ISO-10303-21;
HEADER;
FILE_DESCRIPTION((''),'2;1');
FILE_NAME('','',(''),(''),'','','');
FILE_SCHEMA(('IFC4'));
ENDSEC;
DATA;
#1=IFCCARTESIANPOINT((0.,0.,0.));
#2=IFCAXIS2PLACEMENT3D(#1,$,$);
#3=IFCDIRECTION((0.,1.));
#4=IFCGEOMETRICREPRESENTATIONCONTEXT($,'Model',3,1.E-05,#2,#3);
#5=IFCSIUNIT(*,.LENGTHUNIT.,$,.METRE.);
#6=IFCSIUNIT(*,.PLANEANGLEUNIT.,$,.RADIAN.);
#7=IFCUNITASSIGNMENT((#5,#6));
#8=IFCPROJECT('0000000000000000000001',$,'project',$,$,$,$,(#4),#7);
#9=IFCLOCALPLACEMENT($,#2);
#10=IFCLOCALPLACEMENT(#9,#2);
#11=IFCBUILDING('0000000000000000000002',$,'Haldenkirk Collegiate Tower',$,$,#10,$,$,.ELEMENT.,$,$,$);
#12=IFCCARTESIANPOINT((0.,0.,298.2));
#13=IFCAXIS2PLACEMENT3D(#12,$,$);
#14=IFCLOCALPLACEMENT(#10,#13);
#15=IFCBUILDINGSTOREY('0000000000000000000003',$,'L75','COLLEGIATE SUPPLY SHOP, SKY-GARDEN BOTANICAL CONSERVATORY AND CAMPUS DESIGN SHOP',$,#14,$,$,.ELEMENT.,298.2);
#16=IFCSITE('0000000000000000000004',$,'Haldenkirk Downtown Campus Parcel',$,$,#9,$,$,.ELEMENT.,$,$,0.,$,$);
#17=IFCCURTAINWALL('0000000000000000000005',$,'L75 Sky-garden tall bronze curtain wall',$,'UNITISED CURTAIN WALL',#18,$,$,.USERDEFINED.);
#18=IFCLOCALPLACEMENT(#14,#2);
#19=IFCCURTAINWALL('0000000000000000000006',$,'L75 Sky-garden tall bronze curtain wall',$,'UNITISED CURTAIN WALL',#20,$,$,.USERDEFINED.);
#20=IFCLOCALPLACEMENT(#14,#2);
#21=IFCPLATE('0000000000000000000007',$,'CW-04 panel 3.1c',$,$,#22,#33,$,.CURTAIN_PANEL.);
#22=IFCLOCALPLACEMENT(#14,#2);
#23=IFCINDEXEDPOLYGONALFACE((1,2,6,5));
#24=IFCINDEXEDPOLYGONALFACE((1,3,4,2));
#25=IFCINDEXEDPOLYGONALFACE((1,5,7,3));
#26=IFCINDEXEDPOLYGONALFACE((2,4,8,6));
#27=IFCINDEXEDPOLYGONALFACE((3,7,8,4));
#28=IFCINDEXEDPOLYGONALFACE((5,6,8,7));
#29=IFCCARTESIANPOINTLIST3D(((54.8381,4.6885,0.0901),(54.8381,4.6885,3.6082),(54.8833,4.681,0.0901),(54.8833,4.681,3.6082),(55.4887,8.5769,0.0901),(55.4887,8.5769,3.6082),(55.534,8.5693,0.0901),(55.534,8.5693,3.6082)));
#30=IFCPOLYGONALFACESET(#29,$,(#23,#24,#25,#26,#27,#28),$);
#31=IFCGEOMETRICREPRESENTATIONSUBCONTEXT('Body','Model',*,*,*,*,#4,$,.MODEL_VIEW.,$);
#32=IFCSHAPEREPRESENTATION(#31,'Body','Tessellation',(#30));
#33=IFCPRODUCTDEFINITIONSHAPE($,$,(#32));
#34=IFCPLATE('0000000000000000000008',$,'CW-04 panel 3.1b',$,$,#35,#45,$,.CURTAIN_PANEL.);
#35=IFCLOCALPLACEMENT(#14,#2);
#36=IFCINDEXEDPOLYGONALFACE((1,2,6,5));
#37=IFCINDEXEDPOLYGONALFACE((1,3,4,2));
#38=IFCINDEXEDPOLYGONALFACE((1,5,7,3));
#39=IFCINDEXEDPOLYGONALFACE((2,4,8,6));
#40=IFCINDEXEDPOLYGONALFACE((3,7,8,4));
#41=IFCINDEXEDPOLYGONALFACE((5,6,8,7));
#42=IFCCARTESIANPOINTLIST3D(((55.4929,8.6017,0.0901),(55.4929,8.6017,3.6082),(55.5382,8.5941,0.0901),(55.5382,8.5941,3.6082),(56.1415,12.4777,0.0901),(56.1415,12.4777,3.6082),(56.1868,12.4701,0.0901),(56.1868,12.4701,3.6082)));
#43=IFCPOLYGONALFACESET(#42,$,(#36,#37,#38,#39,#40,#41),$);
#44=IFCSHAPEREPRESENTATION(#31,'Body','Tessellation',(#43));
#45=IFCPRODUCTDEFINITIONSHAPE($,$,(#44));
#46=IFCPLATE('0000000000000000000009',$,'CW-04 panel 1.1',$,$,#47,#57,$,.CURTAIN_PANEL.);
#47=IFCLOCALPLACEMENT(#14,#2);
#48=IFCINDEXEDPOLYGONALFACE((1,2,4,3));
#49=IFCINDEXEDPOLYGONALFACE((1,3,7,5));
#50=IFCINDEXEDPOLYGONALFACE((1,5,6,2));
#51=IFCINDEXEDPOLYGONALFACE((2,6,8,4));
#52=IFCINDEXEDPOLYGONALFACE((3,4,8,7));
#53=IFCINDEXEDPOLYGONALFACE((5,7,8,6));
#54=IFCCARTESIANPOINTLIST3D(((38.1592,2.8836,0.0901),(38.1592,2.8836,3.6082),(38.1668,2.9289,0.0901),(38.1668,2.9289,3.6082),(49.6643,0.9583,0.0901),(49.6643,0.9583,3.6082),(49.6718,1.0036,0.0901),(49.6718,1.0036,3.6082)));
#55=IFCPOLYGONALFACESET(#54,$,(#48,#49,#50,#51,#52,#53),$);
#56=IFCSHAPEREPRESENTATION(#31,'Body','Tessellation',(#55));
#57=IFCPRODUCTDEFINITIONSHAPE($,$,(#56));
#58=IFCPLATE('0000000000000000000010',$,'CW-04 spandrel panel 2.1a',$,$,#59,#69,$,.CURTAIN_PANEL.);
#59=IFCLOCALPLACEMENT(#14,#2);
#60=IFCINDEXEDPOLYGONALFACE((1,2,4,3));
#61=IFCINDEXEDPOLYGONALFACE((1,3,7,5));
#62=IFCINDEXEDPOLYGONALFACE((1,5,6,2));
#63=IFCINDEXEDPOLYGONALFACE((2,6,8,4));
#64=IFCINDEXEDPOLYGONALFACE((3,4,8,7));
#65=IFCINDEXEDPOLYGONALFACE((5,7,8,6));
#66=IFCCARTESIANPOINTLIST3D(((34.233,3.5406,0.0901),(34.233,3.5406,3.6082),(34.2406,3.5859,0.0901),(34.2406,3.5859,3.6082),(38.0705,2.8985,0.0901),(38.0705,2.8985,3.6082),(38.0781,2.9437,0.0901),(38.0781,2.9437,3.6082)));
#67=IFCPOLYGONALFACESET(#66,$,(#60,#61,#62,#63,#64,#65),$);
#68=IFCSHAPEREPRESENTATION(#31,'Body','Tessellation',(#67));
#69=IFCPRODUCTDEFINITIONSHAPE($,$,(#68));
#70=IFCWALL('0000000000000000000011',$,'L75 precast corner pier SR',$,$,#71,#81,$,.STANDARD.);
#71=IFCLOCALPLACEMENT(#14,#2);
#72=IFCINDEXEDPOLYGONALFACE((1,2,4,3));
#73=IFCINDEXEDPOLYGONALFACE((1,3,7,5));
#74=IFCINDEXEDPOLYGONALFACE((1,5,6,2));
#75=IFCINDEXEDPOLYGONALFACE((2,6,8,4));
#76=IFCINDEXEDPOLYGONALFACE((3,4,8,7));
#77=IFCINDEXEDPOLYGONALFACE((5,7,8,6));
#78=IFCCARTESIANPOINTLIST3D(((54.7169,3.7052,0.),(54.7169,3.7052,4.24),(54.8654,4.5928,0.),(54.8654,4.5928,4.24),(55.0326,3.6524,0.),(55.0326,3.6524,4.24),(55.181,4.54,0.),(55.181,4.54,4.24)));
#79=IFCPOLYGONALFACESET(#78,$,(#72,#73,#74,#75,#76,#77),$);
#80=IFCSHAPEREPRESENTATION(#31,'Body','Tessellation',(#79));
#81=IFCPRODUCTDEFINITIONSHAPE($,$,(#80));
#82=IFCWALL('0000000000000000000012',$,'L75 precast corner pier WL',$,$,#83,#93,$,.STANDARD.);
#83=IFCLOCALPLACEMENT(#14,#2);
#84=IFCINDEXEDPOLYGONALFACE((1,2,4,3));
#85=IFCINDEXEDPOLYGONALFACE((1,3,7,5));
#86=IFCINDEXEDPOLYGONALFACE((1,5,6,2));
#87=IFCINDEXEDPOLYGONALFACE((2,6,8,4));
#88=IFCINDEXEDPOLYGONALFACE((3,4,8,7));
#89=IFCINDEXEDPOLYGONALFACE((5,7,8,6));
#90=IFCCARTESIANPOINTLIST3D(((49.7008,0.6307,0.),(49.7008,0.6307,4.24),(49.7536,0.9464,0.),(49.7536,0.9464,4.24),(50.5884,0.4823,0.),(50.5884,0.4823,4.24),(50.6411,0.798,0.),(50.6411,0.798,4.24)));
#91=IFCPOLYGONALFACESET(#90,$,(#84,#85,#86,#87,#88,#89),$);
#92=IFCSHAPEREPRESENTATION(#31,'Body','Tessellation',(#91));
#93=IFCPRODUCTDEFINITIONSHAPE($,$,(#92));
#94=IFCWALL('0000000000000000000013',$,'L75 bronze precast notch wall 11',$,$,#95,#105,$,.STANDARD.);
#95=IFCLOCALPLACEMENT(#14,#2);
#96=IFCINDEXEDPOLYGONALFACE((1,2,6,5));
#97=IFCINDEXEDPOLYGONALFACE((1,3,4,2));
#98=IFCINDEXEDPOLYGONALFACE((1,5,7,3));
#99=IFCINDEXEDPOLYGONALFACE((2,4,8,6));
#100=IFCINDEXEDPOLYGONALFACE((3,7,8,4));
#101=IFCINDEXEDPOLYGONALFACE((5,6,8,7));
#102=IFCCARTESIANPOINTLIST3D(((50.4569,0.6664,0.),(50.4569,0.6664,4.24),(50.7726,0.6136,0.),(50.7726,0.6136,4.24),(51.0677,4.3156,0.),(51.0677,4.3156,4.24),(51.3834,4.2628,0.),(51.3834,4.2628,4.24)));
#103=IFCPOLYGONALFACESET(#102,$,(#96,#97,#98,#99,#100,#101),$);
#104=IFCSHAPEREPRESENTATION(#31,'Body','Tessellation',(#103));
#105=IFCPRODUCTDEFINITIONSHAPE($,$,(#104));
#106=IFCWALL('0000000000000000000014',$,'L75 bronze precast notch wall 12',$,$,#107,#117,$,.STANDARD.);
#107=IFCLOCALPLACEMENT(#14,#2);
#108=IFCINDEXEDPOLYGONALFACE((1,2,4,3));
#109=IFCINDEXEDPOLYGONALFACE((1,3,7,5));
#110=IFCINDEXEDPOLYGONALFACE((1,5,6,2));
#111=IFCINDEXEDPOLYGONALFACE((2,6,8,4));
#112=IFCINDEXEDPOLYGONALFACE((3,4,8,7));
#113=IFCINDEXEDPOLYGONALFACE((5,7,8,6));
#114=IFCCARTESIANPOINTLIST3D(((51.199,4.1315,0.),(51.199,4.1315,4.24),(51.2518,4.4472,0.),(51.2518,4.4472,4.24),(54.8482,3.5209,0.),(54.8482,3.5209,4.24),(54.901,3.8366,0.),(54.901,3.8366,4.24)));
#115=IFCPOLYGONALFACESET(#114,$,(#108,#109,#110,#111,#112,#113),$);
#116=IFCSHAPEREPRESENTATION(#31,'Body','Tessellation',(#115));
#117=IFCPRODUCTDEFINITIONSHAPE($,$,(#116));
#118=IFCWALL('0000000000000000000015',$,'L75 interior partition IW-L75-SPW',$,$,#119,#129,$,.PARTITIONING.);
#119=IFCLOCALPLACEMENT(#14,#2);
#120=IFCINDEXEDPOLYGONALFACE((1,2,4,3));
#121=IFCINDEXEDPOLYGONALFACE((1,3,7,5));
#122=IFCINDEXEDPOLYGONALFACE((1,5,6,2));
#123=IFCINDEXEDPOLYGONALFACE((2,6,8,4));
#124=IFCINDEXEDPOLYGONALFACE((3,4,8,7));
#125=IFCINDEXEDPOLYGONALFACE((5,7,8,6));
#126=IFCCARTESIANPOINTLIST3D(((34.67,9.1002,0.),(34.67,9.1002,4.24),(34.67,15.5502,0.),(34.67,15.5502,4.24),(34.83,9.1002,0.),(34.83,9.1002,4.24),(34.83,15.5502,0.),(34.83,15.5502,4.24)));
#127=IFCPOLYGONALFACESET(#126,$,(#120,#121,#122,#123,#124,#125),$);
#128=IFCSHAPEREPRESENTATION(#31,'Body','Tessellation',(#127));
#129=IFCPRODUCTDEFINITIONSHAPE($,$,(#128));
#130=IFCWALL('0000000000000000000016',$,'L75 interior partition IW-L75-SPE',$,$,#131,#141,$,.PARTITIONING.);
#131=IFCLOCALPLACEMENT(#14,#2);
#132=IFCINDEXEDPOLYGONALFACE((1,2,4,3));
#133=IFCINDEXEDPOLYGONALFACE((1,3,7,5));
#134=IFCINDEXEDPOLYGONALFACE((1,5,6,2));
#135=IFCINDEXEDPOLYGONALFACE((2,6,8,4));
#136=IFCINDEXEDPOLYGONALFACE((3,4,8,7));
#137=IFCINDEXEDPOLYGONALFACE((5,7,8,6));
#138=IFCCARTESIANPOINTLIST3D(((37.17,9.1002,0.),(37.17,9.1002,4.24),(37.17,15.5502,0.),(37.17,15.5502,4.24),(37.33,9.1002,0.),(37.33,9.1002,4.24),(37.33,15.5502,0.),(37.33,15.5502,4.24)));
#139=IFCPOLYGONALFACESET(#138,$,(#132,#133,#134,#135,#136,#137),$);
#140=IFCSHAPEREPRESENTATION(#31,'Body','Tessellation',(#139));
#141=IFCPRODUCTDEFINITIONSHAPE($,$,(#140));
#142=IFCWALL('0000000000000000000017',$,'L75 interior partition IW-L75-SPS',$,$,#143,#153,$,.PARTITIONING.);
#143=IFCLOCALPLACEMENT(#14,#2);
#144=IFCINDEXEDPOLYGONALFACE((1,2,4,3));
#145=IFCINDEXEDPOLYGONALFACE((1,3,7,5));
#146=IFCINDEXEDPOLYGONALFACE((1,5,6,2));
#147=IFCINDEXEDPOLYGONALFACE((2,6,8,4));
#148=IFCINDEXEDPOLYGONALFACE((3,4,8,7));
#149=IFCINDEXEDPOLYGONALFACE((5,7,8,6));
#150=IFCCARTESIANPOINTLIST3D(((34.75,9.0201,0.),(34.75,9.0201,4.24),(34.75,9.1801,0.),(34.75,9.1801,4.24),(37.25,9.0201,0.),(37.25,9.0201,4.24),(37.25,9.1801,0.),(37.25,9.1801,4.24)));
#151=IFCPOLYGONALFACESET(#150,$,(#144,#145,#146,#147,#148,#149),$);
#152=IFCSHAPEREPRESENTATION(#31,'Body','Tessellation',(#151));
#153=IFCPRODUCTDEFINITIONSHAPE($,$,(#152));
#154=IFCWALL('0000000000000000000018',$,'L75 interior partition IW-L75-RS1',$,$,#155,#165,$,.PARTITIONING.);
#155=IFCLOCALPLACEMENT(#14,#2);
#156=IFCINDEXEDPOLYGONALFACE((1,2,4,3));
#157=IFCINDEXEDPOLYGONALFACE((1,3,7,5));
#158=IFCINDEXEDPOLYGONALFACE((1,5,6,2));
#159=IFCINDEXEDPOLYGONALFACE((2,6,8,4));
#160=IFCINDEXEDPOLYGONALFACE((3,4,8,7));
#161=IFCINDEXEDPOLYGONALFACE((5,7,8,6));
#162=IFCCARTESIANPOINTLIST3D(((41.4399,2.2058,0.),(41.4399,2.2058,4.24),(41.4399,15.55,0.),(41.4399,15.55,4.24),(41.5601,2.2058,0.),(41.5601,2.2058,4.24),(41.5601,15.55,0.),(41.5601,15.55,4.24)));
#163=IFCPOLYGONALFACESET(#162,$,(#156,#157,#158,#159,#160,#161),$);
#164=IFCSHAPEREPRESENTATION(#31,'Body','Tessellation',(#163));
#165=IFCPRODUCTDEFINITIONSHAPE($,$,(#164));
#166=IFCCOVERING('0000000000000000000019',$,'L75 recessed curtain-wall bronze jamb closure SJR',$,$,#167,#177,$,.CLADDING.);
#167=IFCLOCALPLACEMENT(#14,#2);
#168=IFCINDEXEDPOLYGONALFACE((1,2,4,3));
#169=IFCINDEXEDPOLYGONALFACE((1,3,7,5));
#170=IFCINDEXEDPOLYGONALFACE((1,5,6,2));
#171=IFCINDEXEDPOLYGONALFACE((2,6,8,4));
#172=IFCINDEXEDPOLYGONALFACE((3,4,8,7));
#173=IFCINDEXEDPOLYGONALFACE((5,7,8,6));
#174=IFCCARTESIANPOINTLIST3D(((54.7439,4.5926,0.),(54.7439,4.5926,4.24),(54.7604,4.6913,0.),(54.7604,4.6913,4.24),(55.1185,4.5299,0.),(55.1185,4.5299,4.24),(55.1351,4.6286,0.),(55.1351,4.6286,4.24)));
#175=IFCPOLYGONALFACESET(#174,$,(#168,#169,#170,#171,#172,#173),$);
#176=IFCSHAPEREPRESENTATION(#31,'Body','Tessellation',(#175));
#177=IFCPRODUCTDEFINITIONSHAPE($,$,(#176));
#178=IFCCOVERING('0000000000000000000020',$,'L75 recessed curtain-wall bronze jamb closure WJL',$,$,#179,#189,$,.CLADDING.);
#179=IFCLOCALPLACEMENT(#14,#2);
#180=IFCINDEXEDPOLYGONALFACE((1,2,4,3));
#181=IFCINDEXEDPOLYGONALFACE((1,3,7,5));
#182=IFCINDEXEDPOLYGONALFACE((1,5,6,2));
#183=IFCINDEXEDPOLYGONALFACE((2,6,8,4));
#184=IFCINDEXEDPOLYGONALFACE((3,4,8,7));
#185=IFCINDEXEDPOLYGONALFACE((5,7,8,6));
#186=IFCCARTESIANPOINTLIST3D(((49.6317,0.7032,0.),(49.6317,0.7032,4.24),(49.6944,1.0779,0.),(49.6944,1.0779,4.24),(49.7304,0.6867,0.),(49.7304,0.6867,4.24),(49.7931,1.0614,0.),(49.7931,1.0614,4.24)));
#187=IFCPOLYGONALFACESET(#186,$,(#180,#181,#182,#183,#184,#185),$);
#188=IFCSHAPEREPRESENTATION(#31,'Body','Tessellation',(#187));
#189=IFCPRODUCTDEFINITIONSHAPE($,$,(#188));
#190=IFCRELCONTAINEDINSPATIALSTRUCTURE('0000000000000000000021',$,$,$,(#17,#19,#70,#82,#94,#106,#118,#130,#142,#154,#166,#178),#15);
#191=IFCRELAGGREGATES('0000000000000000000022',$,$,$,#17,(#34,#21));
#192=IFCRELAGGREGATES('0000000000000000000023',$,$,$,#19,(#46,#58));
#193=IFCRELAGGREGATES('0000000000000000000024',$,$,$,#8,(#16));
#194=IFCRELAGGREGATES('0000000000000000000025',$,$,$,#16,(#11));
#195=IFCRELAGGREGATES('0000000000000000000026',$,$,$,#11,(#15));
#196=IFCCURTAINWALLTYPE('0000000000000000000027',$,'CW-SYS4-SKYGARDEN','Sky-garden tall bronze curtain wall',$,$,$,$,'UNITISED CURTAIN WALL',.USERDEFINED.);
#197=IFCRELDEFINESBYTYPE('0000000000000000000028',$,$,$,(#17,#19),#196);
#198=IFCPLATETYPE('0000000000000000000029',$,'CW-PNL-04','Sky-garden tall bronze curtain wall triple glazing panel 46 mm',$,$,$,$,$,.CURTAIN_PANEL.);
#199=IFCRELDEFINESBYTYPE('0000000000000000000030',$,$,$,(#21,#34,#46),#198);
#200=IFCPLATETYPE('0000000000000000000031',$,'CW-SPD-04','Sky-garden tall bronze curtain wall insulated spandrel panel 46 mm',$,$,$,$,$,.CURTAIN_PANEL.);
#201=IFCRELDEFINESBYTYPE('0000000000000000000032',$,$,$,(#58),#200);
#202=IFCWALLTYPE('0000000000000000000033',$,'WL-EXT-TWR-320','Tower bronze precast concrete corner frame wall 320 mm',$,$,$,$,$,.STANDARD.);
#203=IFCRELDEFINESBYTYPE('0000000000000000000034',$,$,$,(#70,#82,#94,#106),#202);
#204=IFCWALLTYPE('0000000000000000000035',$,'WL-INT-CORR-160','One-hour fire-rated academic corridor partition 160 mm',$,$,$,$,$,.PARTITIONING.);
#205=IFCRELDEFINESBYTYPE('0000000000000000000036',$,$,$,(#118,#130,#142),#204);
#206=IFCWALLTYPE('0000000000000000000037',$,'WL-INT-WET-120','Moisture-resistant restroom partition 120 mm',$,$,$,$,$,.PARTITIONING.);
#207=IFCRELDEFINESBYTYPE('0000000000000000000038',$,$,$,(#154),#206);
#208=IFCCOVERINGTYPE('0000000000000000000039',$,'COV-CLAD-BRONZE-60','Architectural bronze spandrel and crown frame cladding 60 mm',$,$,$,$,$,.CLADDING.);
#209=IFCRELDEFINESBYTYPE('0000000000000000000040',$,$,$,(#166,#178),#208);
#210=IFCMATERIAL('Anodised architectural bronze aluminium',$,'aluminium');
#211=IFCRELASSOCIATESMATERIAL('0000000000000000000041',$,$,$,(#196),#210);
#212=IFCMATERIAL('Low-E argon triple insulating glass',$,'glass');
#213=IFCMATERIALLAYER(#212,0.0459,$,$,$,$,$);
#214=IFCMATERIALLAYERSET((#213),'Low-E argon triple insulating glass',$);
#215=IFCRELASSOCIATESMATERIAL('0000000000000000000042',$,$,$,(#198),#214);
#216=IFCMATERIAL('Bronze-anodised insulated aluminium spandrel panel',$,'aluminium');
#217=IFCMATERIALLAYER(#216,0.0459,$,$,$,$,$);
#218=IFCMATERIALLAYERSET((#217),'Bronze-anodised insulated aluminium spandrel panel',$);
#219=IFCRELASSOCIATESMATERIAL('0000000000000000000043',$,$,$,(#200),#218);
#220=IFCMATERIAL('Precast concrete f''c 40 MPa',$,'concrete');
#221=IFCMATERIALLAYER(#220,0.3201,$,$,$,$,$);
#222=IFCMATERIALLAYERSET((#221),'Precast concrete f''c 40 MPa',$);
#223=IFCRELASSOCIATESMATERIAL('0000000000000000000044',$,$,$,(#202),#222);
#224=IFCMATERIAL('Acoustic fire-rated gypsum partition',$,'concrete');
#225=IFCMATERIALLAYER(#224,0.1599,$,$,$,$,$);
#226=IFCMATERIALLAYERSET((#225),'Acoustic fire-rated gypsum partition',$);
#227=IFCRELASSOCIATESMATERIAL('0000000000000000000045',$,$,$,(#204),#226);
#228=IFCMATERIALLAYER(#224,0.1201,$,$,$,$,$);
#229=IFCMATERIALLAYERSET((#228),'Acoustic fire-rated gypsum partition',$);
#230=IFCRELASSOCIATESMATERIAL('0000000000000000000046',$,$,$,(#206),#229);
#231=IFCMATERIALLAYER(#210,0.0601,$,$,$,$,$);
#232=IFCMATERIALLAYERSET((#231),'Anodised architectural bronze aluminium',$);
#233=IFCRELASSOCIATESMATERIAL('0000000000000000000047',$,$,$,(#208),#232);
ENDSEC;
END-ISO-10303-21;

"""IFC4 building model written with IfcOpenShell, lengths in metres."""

from ifc_helpers import new_model, si_unit, direction, frame, frame_2d, origin, origin_2d, place, context, subcontext, project, spatial, rectangle, extrude, source, transform, mapped, material, layer, layer_set, type_object, element, aggregate, save


model = new_model("IFC4")

# Units and contexts
model_context = context("Model", 3, precision=1e-05, world=origin(), true_north=direction((0.0, 1.0)))
body_context = subcontext(model_context, "Body", "Model", "MODEL_VIEW")
ifc_project = project(units=[si_unit("LENGTHUNIT", "METRE"), si_unit("PLANEANGLEUNIT", "RADIAN")], contexts=[model_context])

# Site, building, storey
site_placement = place(None, origin())
site = spatial("IfcSite", under=ifc_project, at=site_placement, Name="Haldenkirk Downtown Campus Parcel", CompositionType="ELEMENT", RefElevation=0.0)
building_placement = place(site_placement, origin())
building = spatial("IfcBuilding", under=site, at=building_placement, Name="Haldenkirk Collegiate Tower", CompositionType="ELEMENT")
storey_placement = place(building_placement, frame((0.0, 0.0, 298.2)))
storey = spatial("IfcBuildingStorey", under=building, at=storey_placement, Name="L75", Description="COLLEGIATE SUPPLY SHOP, SKY-GARDEN BOTANICAL CONSERVATORY AND CAMPUS DESIGN SHOP", CompositionType="ELEMENT", Elevation=298.2)

# Curtain wall
ifc_material_1 = material(Name="Anodised architectural bronze aluminium", Category="aluminium")
curtain_wall_type = type_object("IfcCurtainWallType", Name="CW-SYS4-SKYGARDEN", Description="Sky-garden tall bronze curtain wall", ElementType="UNITISED CURTAIN WALL", PredefinedType="USERDEFINED", material=ifc_material_1)
curtain_wall_1_placement = place(storey_placement, origin())
curtain_wall_1 = element("IfcCurtainWall", 1, at=curtain_wall_1_placement, inside=storey, type_object=curtain_wall_type, Name="L75 Sky-garden tall bronze curtain wall", ObjectType="UNITISED CURTAIN WALL", PredefinedType="USERDEFINED")

# Curtain wall
curtain_wall_2_placement = place(storey_placement, origin())
curtain_wall_2 = element("IfcCurtainWall", 2, at=curtain_wall_2_placement, inside=storey, type_object=curtain_wall_type, Name="L75 Sky-garden tall bronze curtain wall", ObjectType="UNITISED CURTAIN WALL", PredefinedType="USERDEFINED")

# Plates
ifc_material_2 = material(Name="Low-E argon triple insulating glass", Category="glass")
ifc_layer_1 = layer(ifc_material_2, 0.0459)
ifc_layer_set_1 = layer_set([ifc_layer_1], Name="Low-E argon triple insulating glass")
plate_type_1 = type_object("IfcPlateType", Name="CW-PNL-04", Description="Sky-garden tall bronze curtain wall triple glazing panel 46 mm", PredefinedType="CURTAIN_PANEL", material=ifc_layer_set_1)
shared_shape_1 = source(origin(), body_context, "Body", "SweptSolid", [
    extrude(rectangle(XDim=3.9424, YDim=0.0459, at=origin_2d()), origin(), (0.0, 0.0, 1.0), 3.5181),
])
plate_1_placement = place(storey_placement, frame((55.186, 6.6289, 0.0901), z_axis=(0.0, 0.0, 1.0), x_axis=(-0.16505, -0.986285, 0.0)))
plate_1 = element("IfcPlate", 3, at=plate_1_placement, type_object=plate_type_1, Name="CW-04 panel 3.1c", PredefinedType="CURTAIN_PANEL", context=body_context, shape_type="MappedRepresentation", body=[
    mapped(shared_shape_1, transform((0.0, 0.0, 0.0), x_axis=(1.0, 0.0, 0.0), y_axis=(0.0, 1.0, 0.0), z_axis=(0.0, 0.0, 1.0), scale=1.0)),
])
shared_shape_2 = source(origin(), body_context, "Body", "SweptSolid", [
    extrude(rectangle(XDim=3.9299, YDim=0.0459, at=origin_2d()), origin(), (0.0, 0.0, 1.0), 3.5181),
])
plate_2_placement = place(storey_placement, frame((55.8398, 10.5359, 0.0901), z_axis=(0.0, 0.0, 1.0), x_axis=(-0.16505, -0.986285, 0.0)))
plate_2 = element("IfcPlate", 4, at=plate_2_placement, type_object=plate_type_1, Name="CW-04 panel 3.1b", PredefinedType="CURTAIN_PANEL", context=body_context, shape_type="MappedRepresentation", body=[
    mapped(shared_shape_2, transform((0.0, 0.0, 0.0), x_axis=(1.0, 0.0, 0.0), y_axis=(0.0, 1.0, 0.0), z_axis=(0.0, 0.0, 1.0), scale=1.0)),
])
aggregate(curtain_wall_1, [plate_2, plate_1])
shared_shape_3 = source(origin(), body_context, "Body", "SweptSolid", [
    extrude(rectangle(XDim=11.665, YDim=0.0459, at=origin_2d()), origin(), (0.0, 0.0, 1.0), 3.5181),
])
plate_3_placement = place(storey_placement, frame((43.9155, 1.9436, 0.0901), z_axis=(0.0, 0.0, 1.0), x_axis=(-0.986285, 0.165049, 0.0)))
plate_3 = element("IfcPlate", 5, at=plate_3_placement, type_object=plate_type_1, Name="CW-04 panel 1.1", PredefinedType="CURTAIN_PANEL", context=body_context, shape_type="MappedRepresentation", body=[
    mapped(shared_shape_3, transform((0.0, 0.0, 0.0), x_axis=(1.0, 0.0, 0.0), y_axis=(0.0, 1.0, 0.0), z_axis=(0.0, 0.0, 1.0), scale=1.0)),
])
ifc_material_3 = material(Name="Bronze-anodised insulated aluminium spandrel panel", Category="aluminium")
ifc_layer_2 = layer(ifc_material_3, 0.0459)
ifc_layer_set_2 = layer_set([ifc_layer_2], Name="Bronze-anodised insulated aluminium spandrel panel")
plate_type_2 = type_object("IfcPlateType", Name="CW-SPD-04", Description="Sky-garden tall bronze curtain wall insulated spandrel panel 46 mm", PredefinedType="CURTAIN_PANEL", material=ifc_layer_set_2)
shared_shape_4 = source(origin(), body_context, "Body", "SweptSolid", [
    extrude(rectangle(XDim=3.8909, YDim=0.0459, at=origin_2d()), origin(), (0.0, 0.0, 1.0), 3.5181),
])
plate_4_placement = place(storey_placement, frame((36.1555, 3.2422, 0.0901), z_axis=(0.0, 0.0, 1.0), x_axis=(-0.986285, 0.165049, 0.0)))
plate_4 = element("IfcPlate", 6, at=plate_4_placement, type_object=plate_type_2, Name="CW-04 spandrel panel 2.1a", PredefinedType="CURTAIN_PANEL", context=body_context, shape_type="MappedRepresentation", body=[
    mapped(shared_shape_4, transform((0.0, 0.0, 0.0), x_axis=(1.0, 0.0, 0.0), y_axis=(0.0, 1.0, 0.0), z_axis=(0.0, 0.0, 1.0), scale=1.0)),
])
aggregate(curtain_wall_2, [plate_3, plate_4])

# Walls
ifc_material_4 = material(Name="Precast concrete f'c 40 MPa", Category="concrete")
ifc_layer_3 = layer(ifc_material_4, 0.3201)
ifc_layer_set_3 = layer_set([ifc_layer_3], Name="Precast concrete f'c 40 MPa")
wall_type_1 = type_object("IfcWallType", Name="WL-EXT-TWR-320", Description="Tower bronze precast concrete corner frame wall 320 mm", PredefinedType="STANDARD", material=ifc_layer_set_3)
for number, where, z_axis, x_axis, name in (
    (7, (55.0232, 4.5664, 0.0), (0.0, 0.0, 1.0), (-0.164927, -0.986306, 0.0), "L75 precast corner pier SR"),
    (8, (50.6147, 0.6401, 0.0), (0.0, 0.0, 1.0), (-0.986306, 0.164927, 0.0), "L75 precast corner pier WL"),
):
    element("IfcWall", number, at=place(storey_placement, frame(where, z_axis=z_axis, x_axis=x_axis)), inside=storey, type_object=wall_type_1, Name=name, PredefinedType="STANDARD", context=body_context, shape_type="SweptSolid", body=[
        extrude(rectangle(XDim=0.8999, YDim=0.3201, at=frame_2d((0.45, 0.0))), origin(), (0.0, 0.0, 1.0), 4.24),
    ])
for number, where, z_axis, x_axis, name in (
    (9, (51.2256, 4.2893, 0.0), (0.0, 0.0, 1.0), (-0.165094, -0.986278, 0.0), "L75 bronze precast notch wall 11"),
    (10, (54.8748, 3.6787, 0.0), (0.0, 0.0, 1.0), (-0.986289, 0.16503, 0.0), "L75 bronze precast notch wall 12"),
):
    element("IfcWall", number, at=place(storey_placement, frame(where, z_axis=z_axis, x_axis=x_axis)), inside=storey, type_object=wall_type_1, Name=name, PredefinedType="STANDARD", context=body_context, shape_type="SweptSolid", body=[
        extrude(rectangle(XDim=3.7, YDim=0.3201, at=frame_2d((1.8501, 0.0))), origin(), (0.0, 0.0, 1.0), 4.24),
    ])
ifc_material_5 = material(Name="Acoustic fire-rated gypsum partition", Category="concrete")
ifc_layer_4 = layer(ifc_material_5, 0.1599)
ifc_layer_set_4 = layer_set([ifc_layer_4], Name="Acoustic fire-rated gypsum partition")
wall_type_2 = type_object("IfcWallType", Name="WL-INT-CORR-160", Description="One-hour fire-rated academic corridor partition 160 mm", PredefinedType="PARTITIONING", material=ifc_layer_set_4)
for number, where, z_axis, x_axis, name in (
    (11, (34.75, 9.1001, 0.0), (0.0, 0.0, 1.0), (0.0, 1.0, 0.0), "L75 interior partition IW-L75-SPW"),
    (12, (37.25, 9.1001, 0.0), (0.0, 0.0, 1.0), (0.0, 1.0, 0.0), "L75 interior partition IW-L75-SPE"),
):
    element("IfcWall", number, at=place(storey_placement, frame(where, z_axis=z_axis, x_axis=x_axis)), inside=storey, type_object=wall_type_2, Name=name, PredefinedType="PARTITIONING", context=body_context, shape_type="SweptSolid", body=[
        extrude(rectangle(XDim=6.45, YDim=0.1599, at=frame_2d((3.2251, 0.0))), origin(), (0.0, 0.0, 1.0), 4.24),
    ])
wall_1_placement = place(storey_placement, frame((34.75, 9.1001, 0.0), z_axis=(0.0, 0.0, 1.0), x_axis=(1.0, 0.0, 0.0)))
element("IfcWall", 13, at=wall_1_placement, inside=storey, type_object=wall_type_2, Name="L75 interior partition IW-L75-SPS", PredefinedType="PARTITIONING", context=body_context, shape_type="SweptSolid", body=[
    extrude(rectangle(XDim=2.5, YDim=0.1599, at=frame_2d((1.25, 0.0))), origin(), (0.0, 0.0, 1.0), 4.24),
])
ifc_layer_5 = layer(ifc_material_5, 0.1201)
ifc_layer_set_5 = layer_set([ifc_layer_5], Name="Acoustic fire-rated gypsum partition")
wall_type_3 = type_object("IfcWallType", Name="WL-INT-WET-120", Description="Moisture-resistant restroom partition 120 mm", PredefinedType="PARTITIONING", material=ifc_layer_set_5)
wall_2_placement = place(storey_placement, frame((41.5, 2.2058, 0.0), z_axis=(0.0, 0.0, 1.0), x_axis=(0.0, 1.0, 0.0)))
element("IfcWall", 14, at=wall_2_placement, inside=storey, type_object=wall_type_3, Name="L75 interior partition IW-L75-RS1", PredefinedType="PARTITIONING", context=body_context, shape_type="SweptSolid", body=[
    extrude(rectangle(XDim=13.3442, YDim=0.1201, at=frame_2d((6.6721, 0.0))), origin(), (0.0, 0.0, 1.0), 4.24),
])

# Coverings
ifc_layer_6 = layer(ifc_material_1, 0.0601)
ifc_layer_set_6 = layer_set([ifc_layer_6], Name="Anodised architectural bronze aluminium")
covering_type = type_object("IfcCoveringType", Name="COV-CLAD-BRONZE-60", Description="Architectural bronze spandrel and crown frame cladding 60 mm", PredefinedType="CLADDING", material=ifc_layer_set_6)
shared_shape_5 = source(origin(), body_context, "Body", "SweptSolid", [
    extrude(rectangle(XDim=0.1001, YDim=0.3799, at=origin_2d()), origin(), (0.0, 0.0, 1.0), 4.24),
])
for number, where, z_axis, x_axis, name in (
    (15, (54.9395, 4.6106, 0.0), (0.0, 0.0, 1.0), (-0.165048, -0.986286, 0.0), "L75 recessed curtain-wall bronze jamb closure SJR"),
    (16, (49.7124, 0.8823, 0.0), (0.0, 0.0, 1.0), (-0.986286, 0.165048, 0.0), "L75 recessed curtain-wall bronze jamb closure WJL"),
):
    element("IfcCovering", number, at=place(storey_placement, frame(where, z_axis=z_axis, x_axis=x_axis)), inside=storey, type_object=covering_type, Name=name, PredefinedType="CLADDING", context=body_context, shape_type="MappedRepresentation", body=[
        mapped(shared_shape_5, transform((0.0, 0.0, 0.0), x_axis=(1.0, 0.0, 0.0), y_axis=(0.0, 1.0, 0.0), z_axis=(0.0, 0.0, 1.0), scale=1.0)),
    ])

save(model, "model.ifc")
